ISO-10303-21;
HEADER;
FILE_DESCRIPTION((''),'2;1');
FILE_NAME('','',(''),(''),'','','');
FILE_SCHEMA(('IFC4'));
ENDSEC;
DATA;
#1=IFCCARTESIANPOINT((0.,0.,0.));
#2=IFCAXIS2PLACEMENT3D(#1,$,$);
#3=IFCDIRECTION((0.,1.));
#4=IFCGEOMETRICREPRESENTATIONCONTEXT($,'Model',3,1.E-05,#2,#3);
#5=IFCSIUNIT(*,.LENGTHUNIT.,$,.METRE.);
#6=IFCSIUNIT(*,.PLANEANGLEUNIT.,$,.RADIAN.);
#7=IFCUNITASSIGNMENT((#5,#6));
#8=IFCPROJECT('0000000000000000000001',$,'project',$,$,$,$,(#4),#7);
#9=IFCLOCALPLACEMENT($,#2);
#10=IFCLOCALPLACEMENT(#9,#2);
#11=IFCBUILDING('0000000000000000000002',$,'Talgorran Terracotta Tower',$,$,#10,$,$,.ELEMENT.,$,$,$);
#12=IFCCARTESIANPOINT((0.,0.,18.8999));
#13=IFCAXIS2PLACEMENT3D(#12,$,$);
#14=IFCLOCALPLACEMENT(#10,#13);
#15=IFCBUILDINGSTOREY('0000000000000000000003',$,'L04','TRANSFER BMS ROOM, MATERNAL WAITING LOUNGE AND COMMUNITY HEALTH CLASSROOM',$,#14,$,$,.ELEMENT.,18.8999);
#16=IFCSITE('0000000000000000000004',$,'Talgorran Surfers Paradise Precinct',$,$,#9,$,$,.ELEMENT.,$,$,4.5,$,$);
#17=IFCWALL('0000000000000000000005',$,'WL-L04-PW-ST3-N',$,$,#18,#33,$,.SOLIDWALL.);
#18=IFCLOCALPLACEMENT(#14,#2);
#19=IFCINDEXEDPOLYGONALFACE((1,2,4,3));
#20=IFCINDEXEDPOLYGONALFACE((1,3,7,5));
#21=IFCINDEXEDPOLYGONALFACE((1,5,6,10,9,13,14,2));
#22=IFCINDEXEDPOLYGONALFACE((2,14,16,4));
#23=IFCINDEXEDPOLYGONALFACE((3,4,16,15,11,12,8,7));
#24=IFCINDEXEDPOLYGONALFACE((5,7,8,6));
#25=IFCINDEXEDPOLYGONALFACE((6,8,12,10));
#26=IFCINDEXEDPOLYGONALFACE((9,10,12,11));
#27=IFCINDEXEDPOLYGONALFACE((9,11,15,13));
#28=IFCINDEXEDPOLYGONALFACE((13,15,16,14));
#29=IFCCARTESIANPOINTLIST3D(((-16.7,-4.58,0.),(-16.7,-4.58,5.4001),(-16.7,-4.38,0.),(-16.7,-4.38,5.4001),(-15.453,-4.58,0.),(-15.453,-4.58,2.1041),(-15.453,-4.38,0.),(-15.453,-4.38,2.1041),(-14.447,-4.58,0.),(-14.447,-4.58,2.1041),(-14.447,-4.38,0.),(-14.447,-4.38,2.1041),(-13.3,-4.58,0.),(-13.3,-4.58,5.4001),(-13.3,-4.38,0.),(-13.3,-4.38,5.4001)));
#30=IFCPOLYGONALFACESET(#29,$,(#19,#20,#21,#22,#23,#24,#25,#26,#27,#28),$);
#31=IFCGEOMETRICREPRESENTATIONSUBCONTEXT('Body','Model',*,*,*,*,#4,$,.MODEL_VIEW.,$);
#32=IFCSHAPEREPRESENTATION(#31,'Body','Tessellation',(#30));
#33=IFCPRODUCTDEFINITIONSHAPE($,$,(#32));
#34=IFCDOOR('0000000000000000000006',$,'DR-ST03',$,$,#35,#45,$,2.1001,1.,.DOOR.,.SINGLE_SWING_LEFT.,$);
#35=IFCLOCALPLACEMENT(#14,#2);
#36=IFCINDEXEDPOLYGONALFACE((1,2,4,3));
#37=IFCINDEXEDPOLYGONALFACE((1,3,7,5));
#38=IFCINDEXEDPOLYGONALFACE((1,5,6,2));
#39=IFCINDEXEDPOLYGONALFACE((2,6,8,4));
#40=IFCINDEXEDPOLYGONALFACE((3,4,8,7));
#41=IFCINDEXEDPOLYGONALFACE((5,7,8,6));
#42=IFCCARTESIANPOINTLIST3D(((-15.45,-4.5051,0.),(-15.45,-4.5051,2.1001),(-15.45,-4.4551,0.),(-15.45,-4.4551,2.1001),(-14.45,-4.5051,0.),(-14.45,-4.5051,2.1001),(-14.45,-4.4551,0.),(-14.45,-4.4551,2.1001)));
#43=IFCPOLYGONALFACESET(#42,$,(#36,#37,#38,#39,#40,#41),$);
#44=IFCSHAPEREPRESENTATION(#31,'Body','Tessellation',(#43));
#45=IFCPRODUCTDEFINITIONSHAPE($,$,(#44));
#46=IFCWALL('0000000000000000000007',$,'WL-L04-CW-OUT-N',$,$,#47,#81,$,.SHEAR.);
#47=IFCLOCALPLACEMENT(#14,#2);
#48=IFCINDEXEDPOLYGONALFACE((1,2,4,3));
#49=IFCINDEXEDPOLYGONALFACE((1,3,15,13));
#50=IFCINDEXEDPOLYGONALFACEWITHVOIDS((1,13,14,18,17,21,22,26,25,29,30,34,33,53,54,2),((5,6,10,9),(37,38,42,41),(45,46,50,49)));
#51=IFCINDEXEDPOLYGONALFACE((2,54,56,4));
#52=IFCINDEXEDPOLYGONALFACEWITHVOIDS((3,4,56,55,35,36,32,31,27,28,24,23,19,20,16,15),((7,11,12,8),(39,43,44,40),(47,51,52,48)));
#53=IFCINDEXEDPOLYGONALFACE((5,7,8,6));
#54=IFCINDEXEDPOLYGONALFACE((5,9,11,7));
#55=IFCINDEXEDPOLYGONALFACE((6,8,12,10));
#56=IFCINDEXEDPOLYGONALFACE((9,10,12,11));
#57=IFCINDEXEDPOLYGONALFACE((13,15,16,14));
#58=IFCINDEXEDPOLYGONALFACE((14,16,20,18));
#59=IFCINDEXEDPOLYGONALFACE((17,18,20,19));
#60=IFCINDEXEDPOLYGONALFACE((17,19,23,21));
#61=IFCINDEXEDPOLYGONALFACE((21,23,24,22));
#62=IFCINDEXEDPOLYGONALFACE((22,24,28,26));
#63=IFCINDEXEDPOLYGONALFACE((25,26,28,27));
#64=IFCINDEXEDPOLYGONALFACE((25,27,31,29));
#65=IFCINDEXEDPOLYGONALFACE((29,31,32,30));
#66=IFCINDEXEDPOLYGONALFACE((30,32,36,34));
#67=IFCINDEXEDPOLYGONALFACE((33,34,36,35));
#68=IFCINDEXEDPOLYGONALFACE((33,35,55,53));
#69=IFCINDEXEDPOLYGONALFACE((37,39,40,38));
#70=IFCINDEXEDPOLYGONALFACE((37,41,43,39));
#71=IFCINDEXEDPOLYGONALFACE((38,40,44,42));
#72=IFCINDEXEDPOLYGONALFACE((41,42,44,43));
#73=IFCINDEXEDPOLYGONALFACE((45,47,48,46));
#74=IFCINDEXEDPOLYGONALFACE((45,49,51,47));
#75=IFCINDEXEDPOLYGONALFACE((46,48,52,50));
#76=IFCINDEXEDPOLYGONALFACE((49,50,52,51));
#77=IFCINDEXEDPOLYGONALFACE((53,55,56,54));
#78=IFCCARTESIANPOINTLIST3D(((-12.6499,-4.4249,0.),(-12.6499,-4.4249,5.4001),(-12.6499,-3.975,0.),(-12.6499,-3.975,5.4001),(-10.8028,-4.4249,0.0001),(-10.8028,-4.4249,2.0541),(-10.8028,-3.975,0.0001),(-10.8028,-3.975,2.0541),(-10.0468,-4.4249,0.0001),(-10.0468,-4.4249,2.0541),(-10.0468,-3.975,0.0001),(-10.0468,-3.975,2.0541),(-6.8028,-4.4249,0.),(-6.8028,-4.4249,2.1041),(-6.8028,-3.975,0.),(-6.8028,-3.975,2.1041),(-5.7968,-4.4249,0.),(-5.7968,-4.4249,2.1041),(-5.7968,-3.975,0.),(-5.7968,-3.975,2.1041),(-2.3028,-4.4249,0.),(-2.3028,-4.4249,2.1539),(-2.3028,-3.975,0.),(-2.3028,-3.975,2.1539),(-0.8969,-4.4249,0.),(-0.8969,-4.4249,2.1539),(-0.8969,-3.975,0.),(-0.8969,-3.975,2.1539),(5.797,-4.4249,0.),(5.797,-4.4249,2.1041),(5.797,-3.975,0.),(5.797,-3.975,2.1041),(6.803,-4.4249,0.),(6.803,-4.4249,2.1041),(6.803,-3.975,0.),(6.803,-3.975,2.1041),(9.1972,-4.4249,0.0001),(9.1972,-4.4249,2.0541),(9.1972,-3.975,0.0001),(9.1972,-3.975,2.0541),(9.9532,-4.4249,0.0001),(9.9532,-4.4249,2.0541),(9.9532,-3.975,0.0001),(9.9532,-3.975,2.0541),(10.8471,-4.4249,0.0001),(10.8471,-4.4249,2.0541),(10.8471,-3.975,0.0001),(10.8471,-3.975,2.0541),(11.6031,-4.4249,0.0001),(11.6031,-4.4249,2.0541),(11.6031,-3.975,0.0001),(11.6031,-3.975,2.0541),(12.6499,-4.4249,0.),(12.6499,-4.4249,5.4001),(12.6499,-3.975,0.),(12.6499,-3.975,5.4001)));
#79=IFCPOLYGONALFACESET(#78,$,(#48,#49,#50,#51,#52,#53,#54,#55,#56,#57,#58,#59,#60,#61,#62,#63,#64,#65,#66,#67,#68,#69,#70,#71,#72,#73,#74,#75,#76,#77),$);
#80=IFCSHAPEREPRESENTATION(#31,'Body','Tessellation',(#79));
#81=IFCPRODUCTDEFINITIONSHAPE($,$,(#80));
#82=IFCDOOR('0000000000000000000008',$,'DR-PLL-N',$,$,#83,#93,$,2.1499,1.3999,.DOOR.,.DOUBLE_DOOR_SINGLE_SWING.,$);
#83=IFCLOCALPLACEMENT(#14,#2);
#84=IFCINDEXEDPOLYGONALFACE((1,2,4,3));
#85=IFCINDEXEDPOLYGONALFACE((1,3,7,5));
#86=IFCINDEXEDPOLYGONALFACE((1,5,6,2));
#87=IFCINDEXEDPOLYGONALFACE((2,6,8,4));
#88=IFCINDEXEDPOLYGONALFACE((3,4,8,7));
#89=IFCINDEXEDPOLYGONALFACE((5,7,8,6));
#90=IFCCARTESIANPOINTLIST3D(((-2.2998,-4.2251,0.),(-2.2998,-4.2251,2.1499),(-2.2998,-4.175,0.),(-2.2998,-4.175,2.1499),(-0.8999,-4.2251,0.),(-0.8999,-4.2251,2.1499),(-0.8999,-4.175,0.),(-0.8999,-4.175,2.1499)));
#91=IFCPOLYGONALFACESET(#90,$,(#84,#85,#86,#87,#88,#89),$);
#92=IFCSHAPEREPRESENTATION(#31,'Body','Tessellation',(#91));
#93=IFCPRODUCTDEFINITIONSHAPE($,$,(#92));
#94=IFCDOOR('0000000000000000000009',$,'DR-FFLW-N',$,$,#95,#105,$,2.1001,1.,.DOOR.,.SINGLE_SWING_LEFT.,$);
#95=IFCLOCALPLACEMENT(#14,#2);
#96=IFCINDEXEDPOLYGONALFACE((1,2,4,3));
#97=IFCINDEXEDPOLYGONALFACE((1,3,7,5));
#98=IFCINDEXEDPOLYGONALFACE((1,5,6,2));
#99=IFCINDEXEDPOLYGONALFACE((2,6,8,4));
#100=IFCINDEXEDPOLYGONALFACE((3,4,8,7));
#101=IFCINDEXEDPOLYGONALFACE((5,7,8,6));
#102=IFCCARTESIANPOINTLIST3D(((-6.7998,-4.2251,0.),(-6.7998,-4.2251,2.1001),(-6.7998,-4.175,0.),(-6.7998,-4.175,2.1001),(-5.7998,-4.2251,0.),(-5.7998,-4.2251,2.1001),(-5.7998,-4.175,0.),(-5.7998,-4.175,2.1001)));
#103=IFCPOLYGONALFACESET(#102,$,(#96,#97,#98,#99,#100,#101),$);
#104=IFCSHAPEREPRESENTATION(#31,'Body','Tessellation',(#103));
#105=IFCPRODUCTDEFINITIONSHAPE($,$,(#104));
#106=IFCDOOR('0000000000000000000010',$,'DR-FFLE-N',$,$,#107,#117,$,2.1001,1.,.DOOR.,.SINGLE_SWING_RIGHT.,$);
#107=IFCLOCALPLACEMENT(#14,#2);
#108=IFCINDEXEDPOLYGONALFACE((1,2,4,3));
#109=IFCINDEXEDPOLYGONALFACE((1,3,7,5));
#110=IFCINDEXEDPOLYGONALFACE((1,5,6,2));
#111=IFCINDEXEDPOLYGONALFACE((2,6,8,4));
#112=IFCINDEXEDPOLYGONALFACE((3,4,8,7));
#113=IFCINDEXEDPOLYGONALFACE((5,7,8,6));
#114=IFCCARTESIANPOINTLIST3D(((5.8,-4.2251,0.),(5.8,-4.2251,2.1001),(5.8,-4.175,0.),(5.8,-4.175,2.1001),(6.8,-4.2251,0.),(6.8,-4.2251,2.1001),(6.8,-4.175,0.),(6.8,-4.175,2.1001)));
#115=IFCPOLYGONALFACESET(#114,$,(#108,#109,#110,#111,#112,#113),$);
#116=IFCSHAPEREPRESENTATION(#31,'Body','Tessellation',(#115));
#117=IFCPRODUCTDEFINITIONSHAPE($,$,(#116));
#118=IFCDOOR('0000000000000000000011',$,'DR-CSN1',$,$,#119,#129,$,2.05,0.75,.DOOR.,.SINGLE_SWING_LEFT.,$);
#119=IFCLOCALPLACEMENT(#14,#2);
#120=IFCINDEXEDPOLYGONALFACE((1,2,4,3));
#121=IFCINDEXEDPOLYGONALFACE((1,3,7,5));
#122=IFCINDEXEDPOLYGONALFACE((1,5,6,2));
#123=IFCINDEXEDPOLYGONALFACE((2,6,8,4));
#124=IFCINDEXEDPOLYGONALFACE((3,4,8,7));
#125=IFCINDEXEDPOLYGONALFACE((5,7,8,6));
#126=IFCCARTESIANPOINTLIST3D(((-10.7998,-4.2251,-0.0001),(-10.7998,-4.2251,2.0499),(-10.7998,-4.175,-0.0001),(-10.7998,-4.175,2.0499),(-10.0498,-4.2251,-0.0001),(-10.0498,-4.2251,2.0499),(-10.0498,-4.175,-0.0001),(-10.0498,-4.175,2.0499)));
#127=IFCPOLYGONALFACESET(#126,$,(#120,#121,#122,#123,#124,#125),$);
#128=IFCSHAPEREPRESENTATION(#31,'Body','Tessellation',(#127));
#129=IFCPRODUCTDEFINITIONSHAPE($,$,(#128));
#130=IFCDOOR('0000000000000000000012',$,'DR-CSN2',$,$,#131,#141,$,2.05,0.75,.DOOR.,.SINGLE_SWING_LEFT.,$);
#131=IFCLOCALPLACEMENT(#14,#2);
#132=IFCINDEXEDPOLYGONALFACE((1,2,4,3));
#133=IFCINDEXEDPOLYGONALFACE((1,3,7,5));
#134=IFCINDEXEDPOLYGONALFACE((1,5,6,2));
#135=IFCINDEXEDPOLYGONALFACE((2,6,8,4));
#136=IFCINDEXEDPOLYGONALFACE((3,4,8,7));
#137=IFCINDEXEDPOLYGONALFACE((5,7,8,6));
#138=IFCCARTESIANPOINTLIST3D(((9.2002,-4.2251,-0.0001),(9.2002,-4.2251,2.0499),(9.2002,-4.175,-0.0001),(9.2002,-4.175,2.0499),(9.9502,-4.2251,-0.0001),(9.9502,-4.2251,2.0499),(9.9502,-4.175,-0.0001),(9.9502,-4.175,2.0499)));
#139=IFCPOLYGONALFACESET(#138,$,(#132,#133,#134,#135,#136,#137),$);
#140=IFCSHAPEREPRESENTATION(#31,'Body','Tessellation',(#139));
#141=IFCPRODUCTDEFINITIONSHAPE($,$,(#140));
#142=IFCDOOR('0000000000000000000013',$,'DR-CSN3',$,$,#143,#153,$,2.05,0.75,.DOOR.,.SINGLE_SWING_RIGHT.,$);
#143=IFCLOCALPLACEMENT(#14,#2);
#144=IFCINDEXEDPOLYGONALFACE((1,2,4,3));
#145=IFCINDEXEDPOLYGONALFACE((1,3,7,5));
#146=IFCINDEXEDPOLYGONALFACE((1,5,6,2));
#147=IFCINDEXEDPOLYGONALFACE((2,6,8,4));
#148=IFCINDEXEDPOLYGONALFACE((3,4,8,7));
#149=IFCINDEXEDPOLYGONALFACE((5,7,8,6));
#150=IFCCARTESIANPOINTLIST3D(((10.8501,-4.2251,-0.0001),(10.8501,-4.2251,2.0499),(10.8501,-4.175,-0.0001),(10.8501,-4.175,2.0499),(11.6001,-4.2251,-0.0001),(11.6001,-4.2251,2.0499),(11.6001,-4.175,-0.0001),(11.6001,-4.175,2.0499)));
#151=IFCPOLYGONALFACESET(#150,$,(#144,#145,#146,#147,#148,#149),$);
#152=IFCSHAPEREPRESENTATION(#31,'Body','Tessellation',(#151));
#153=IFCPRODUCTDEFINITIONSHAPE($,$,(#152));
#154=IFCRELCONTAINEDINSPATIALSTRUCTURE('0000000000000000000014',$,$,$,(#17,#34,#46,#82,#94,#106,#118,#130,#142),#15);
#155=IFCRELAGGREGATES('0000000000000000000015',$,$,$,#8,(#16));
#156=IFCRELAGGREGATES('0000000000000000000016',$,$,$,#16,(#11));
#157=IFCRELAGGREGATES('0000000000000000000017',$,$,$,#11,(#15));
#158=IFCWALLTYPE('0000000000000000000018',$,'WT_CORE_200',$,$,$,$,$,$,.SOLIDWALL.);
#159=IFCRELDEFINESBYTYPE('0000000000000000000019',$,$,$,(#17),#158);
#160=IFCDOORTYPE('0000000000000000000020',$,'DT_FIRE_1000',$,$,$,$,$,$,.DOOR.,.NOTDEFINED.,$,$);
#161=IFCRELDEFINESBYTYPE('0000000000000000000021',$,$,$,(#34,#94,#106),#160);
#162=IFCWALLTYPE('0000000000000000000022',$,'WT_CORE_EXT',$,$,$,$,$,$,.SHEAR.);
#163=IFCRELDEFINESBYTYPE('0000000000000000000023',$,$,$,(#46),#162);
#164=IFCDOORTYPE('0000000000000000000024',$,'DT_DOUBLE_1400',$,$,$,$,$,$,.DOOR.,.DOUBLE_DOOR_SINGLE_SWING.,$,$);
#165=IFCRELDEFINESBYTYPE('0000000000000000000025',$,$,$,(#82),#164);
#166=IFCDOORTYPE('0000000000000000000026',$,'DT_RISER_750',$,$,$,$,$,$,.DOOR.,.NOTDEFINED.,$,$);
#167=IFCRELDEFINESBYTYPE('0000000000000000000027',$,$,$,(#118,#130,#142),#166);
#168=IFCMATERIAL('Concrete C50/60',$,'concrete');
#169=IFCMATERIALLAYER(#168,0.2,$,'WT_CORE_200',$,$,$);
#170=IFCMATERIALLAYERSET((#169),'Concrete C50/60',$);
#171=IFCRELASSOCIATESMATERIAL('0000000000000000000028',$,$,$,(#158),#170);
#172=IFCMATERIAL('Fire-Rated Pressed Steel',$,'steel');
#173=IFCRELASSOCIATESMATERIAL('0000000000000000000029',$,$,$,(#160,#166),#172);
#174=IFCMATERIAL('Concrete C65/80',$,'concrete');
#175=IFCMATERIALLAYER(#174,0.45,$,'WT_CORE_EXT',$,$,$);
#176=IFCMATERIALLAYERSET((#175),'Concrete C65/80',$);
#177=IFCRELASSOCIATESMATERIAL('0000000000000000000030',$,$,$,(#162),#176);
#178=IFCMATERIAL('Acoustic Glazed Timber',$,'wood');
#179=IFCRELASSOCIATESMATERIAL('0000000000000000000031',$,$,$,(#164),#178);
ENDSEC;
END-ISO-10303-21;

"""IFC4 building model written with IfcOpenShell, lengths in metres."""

from ifc_helpers import new_model, si_unit, direction, frame, frame_2d, origin, place, context, subcontext, project, spatial, rectangle, extrude, material, layer, layer_set, type_object, element, fill, save


model = new_model("IFC4")

# Units and contexts
model_context = context("Model", 3, precision=1e-05, world=origin(), true_north=direction((0.0, 1.0)))
body_context = subcontext(model_context, "Body", "Model", "MODEL_VIEW")
ifc_project = project(units=[si_unit("LENGTHUNIT", "METRE"), si_unit("PLANEANGLEUNIT", "RADIAN")], contexts=[model_context])

# Site, building, storey
site_placement = place(None, origin())
site = spatial("IfcSite", under=ifc_project, at=site_placement, Name="Talgorran Surfers Paradise Precinct", CompositionType="ELEMENT", RefElevation=4.5)
building_placement = place(site_placement, origin())
building = spatial("IfcBuilding", under=site, at=building_placement, Name="Talgorran Terracotta Tower", CompositionType="ELEMENT")
storey_placement = place(building_placement, frame((0.0, 0.0, 18.8999)))
storey = spatial("IfcBuildingStorey", under=building, at=storey_placement, Name="L04", Description="TRANSFER BMS ROOM, MATERNAL WAITING LOUNGE AND COMMUNITY HEALTH CLASSROOM", CompositionType="ELEMENT", Elevation=18.8999)

# Shared definitions
ifc_material_1 = material(Name="Concrete C50/60", Category="concrete")
ifc_layer_1 = layer(ifc_material_1, 0.2, Name="WT_CORE_200")
ifc_layer_set_1 = layer_set([ifc_layer_1], Name="Concrete C50/60")
wall_type_1 = type_object("IfcWallType", Name="WT_CORE_200", PredefinedType="SOLIDWALL", material=ifc_layer_set_1)

# Wall, opening, door
wall_1_placement = place(storey_placement, frame((-16.7, -4.48, 0.0), z_axis=(0.0, 0.0, 1.0), x_axis=(1.0, 0.0, 0.0)))
wall_1 = element("IfcWall", 1, at=wall_1_placement, inside=storey, type_object=wall_type_1, Name="WL-L04-PW-ST3-N", PredefinedType="SOLIDWALL", context=body_context, shape_type="SweptSolid", body=[
    extrude(rectangle(XDim=3.3999, YDim=0.2, at=frame_2d((1.7, 0.0))), origin(), (0.0, 0.0, 1.0), 5.4001),
])
opening_1_placement = place(wall_1_placement, frame((1.25, 0.0, 0.0)))
opening_1 = element("IfcOpeningElement", 2, at=opening_1_placement, cuts=wall_1, PredefinedType="OPENING", context=body_context, shape_type="SweptSolid", body=[
    extrude(rectangle(XDim=1.006, YDim=2.1041, at=frame_2d((0.5, 1.052))), frame((0.0, 0.1099, 0.0), z_axis=(0.0, -1.0, 0.0), x_axis=(1.0, 0.0, 0.0)), (0.0, 0.0, 1.0), 0.22),
])
ifc_material_2 = material(Name="Fire-Rated Pressed Steel", Category="steel")
door_type_1 = type_object("IfcDoorType", Name="DT_FIRE_1000", OperationType="NOTDEFINED", PredefinedType="DOOR", material=ifc_material_2)
door_1_placement = place(opening_1_placement, origin())
door_1 = element("IfcDoor", 3, at=door_1_placement, inside=storey, type_object=door_type_1, Name="DR-ST03", OperationType="SINGLE_SWING_LEFT", OverallHeight=2.1001, OverallWidth=1.0, PredefinedType="DOOR", context=body_context, shape_type="SweptSolid", body=[
    extrude(rectangle(XDim=1.0, YDim=2.1001, at=frame_2d((0.5, 1.05))), frame((0.0, 0.0249, 0.0), z_axis=(0.0, -1.0, 0.0), x_axis=(1.0, 0.0, 0.0)), (0.0, 0.0, 1.0), 0.05),
])
fill(opening_1, door_1)

# Wall, openings, doors
ifc_material_3 = material(Name="Concrete C65/80", Category="concrete")
ifc_layer_2 = layer(ifc_material_3, 0.45, Name="WT_CORE_EXT")
ifc_layer_set_2 = layer_set([ifc_layer_2], Name="Concrete C65/80")
wall_type_2 = type_object("IfcWallType", Name="WT_CORE_EXT", PredefinedType="SHEAR", material=ifc_layer_set_2)
wall_2_placement = place(storey_placement, frame((-12.6499, -4.2, 0.0), z_axis=(0.0, 0.0, 1.0), x_axis=(1.0, 0.0, 0.0)))
wall_2 = element("IfcWall", 4, at=wall_2_placement, inside=storey, type_object=wall_type_2, Name="WL-L04-CW-OUT-N", PredefinedType="SHEAR", context=body_context, shape_type="SweptSolid", body=[
    extrude(rectangle(XDim=25.2998, YDim=0.45, at=frame_2d((12.6499, 0.0))), origin(), (0.0, 0.0, 1.0), 5.4001),
])
opening_2_placement = place(wall_2_placement, frame((1.8501, 0.0, 0.0)))
opening_2 = element("IfcOpeningElement", 5, at=opening_2_placement, cuts=wall_2, PredefinedType="OPENING", context=body_context, shape_type="SweptSolid", body=[
    extrude(rectangle(XDim=0.756, YDim=2.054, at=frame_2d((0.375, 1.0271))), frame((0.0, 0.2349, 0.0), z_axis=(0.0, -1.0, 0.0), x_axis=(1.0, 0.0, 0.0)), (0.0, 0.0, 1.0), 0.47),
])
opening_3_placement = place(wall_2_placement, frame((21.8501, 0.0, 0.0)))
opening_3 = element("IfcOpeningElement", 6, at=opening_3_placement, cuts=wall_2, PredefinedType="OPENING", context=body_context, shape_type="SweptSolid", body=[
    extrude(rectangle(XDim=0.756, YDim=2.054, at=frame_2d((0.375, 1.0271))), frame((0.0, 0.2349, 0.0), z_axis=(0.0, -1.0, 0.0), x_axis=(1.0, 0.0, 0.0)), (0.0, 0.0, 1.0), 0.47),
])
opening_4_placement = place(wall_2_placement, frame((23.5, 0.0, 0.0)))
opening_4 = element("IfcOpeningElement", 7, at=opening_4_placement, cuts=wall_2, PredefinedType="OPENING", context=body_context, shape_type="SweptSolid", body=[
    extrude(rectangle(XDim=0.756, YDim=2.054, at=frame_2d((0.375, 1.0271))), frame((0.0, 0.2349, 0.0), z_axis=(0.0, -1.0, 0.0), x_axis=(1.0, 0.0, 0.0)), (0.0, 0.0, 1.0), 0.47),
])
opening_5_placement = place(wall_2_placement, frame((5.8501, 0.0, 0.0)))
opening_5 = element("IfcOpeningElement", 8, at=opening_5_placement, cuts=wall_2, PredefinedType="OPENING", context=body_context, shape_type="SweptSolid", body=[
    extrude(rectangle(XDim=1.006, YDim=2.1041, at=frame_2d((0.5, 1.052))), frame((0.0, 0.2349, 0.0), z_axis=(0.0, -1.0, 0.0), x_axis=(1.0, 0.0, 0.0)), (0.0, 0.0, 1.0), 0.47),
])
opening_6_placement = place(wall_2_placement, frame((10.3501, 0.0, 0.0)))
opening_6 = element("IfcOpeningElement", 9, at=opening_6_placement, cuts=wall_2, PredefinedType="OPENING", context=body_context, shape_type="SweptSolid", body=[
    extrude(rectangle(XDim=1.4059, YDim=2.1539, at=frame_2d((0.7, 1.0769))), frame((0.0, 0.2349, 0.0), z_axis=(0.0, -1.0, 0.0), x_axis=(1.0, 0.0, 0.0)), (0.0, 0.0, 1.0), 0.47),
])
opening_7_placement = place(wall_2_placement, frame((18.45, 0.0, 0.0)))
opening_7 = element("IfcOpeningElement", 10, at=opening_7_placement, cuts=wall_2, PredefinedType="OPENING", context=body_context, shape_type="SweptSolid", body=[
    extrude(rectangle(XDim=1.006, YDim=2.1041, at=frame_2d((0.5, 1.052))), frame((0.0, 0.2349, 0.0), z_axis=(0.0, -1.0, 0.0), x_axis=(1.0, 0.0, 0.0)), (0.0, 0.0, 1.0), 0.47),
])
ifc_material_4 = material(Name="Acoustic Glazed Timber", Category="wood")
door_type_2 = type_object("IfcDoorType", Name="DT_DOUBLE_1400", OperationType="DOUBLE_DOOR_SINGLE_SWING", PredefinedType="DOOR", material=ifc_material_4)
door_2_placement = place(opening_6_placement, origin())
door_2 = element("IfcDoor", 11, at=door_2_placement, inside=storey, type_object=door_type_2, Name="DR-PLL-N", OperationType="DOUBLE_DOOR_SINGLE_SWING", OverallHeight=2.1499, OverallWidth=1.3999, PredefinedType="DOOR", context=body_context, shape_type="SweptSolid", body=[
    extrude(rectangle(XDim=1.3999, YDim=2.1499, at=frame_2d((0.7, 1.075))), frame((0.0, 0.0249, 0.0), z_axis=(0.0, -1.0, 0.0), x_axis=(1.0, 0.0, 0.0)), (0.0, 0.0, 1.0), 0.05),
])
fill(opening_6, door_2)
door_3_placement = place(opening_5_placement, origin())
door_3 = element("IfcDoor", 12, at=door_3_placement, inside=storey, type_object=door_type_1, Name="DR-FFLW-N", OperationType="SINGLE_SWING_LEFT", OverallHeight=2.1001, OverallWidth=1.0, PredefinedType="DOOR", context=body_context, shape_type="SweptSolid", body=[
    extrude(rectangle(XDim=1.0, YDim=2.1001, at=frame_2d((0.5, 1.05))), frame((0.0, 0.0249, 0.0), z_axis=(0.0, -1.0, 0.0), x_axis=(1.0, 0.0, 0.0)), (0.0, 0.0, 1.0), 0.05),
])
fill(opening_5, door_3)
door_4_placement = place(opening_7_placement, origin())
door_4 = element("IfcDoor", 13, at=door_4_placement, inside=storey, type_object=door_type_1, Name="DR-FFLE-N", OperationType="SINGLE_SWING_RIGHT", OverallHeight=2.1001, OverallWidth=1.0, PredefinedType="DOOR", context=body_context, shape_type="SweptSolid", body=[
    extrude(rectangle(XDim=1.0, YDim=2.1001, at=frame_2d((0.5, 1.05))), frame((0.0, 0.0249, 0.0), z_axis=(0.0, -1.0, 0.0), x_axis=(1.0, 0.0, 0.0)), (0.0, 0.0, 1.0), 0.05),
])
fill(opening_7, door_4)
door_type_3 = type_object("IfcDoorType", Name="DT_RISER_750", OperationType="NOTDEFINED", PredefinedType="DOOR", material=ifc_material_2)
door_5_placement = place(opening_2_placement, origin())
door_5 = element("IfcDoor", 14, at=door_5_placement, inside=storey, type_object=door_type_3, Name="DR-CSN1", OperationType="SINGLE_SWING_LEFT", OverallHeight=2.05, OverallWidth=0.75, PredefinedType="DOOR", context=body_context, shape_type="SweptSolid", body=[
    extrude(rectangle(XDim=0.75, YDim=2.05, at=frame_2d((0.375, 1.0249))), frame((0.0, 0.0249, 0.0), z_axis=(0.0, -1.0, 0.0), x_axis=(1.0, 0.0, 0.0)), (0.0, 0.0, 1.0), 0.05),
])
fill(opening_2, door_5)
door_6_placement = place(opening_3_placement, origin())
door_6 = element("IfcDoor", 15, at=door_6_placement, inside=storey, type_object=door_type_3, Name="DR-CSN2", OperationType="SINGLE_SWING_LEFT", OverallHeight=2.05, OverallWidth=0.75, PredefinedType="DOOR", context=body_context, shape_type="SweptSolid", body=[
    extrude(rectangle(XDim=0.75, YDim=2.05, at=frame_2d((0.375, 1.0249))), frame((0.0, 0.0249, 0.0), z_axis=(0.0, -1.0, 0.0), x_axis=(1.0, 0.0, 0.0)), (0.0, 0.0, 1.0), 0.05),
])
fill(opening_3, door_6)
door_7_placement = place(opening_4_placement, origin())
door_7 = element("IfcDoor", 16, at=door_7_placement, inside=storey, type_object=door_type_3, Name="DR-CSN3", OperationType="SINGLE_SWING_RIGHT", OverallHeight=2.05, OverallWidth=0.75, PredefinedType="DOOR", context=body_context, shape_type="SweptSolid", body=[
    extrude(rectangle(XDim=0.75, YDim=2.05, at=frame_2d((0.375, 1.0249))), frame((0.0, 0.0249, 0.0), z_axis=(0.0, -1.0, 0.0), x_axis=(1.0, 0.0, 0.0)), (0.0, 0.0, 1.0), 0.05),
])
fill(opening_4, door_7)

save(model, "model.ifc")
